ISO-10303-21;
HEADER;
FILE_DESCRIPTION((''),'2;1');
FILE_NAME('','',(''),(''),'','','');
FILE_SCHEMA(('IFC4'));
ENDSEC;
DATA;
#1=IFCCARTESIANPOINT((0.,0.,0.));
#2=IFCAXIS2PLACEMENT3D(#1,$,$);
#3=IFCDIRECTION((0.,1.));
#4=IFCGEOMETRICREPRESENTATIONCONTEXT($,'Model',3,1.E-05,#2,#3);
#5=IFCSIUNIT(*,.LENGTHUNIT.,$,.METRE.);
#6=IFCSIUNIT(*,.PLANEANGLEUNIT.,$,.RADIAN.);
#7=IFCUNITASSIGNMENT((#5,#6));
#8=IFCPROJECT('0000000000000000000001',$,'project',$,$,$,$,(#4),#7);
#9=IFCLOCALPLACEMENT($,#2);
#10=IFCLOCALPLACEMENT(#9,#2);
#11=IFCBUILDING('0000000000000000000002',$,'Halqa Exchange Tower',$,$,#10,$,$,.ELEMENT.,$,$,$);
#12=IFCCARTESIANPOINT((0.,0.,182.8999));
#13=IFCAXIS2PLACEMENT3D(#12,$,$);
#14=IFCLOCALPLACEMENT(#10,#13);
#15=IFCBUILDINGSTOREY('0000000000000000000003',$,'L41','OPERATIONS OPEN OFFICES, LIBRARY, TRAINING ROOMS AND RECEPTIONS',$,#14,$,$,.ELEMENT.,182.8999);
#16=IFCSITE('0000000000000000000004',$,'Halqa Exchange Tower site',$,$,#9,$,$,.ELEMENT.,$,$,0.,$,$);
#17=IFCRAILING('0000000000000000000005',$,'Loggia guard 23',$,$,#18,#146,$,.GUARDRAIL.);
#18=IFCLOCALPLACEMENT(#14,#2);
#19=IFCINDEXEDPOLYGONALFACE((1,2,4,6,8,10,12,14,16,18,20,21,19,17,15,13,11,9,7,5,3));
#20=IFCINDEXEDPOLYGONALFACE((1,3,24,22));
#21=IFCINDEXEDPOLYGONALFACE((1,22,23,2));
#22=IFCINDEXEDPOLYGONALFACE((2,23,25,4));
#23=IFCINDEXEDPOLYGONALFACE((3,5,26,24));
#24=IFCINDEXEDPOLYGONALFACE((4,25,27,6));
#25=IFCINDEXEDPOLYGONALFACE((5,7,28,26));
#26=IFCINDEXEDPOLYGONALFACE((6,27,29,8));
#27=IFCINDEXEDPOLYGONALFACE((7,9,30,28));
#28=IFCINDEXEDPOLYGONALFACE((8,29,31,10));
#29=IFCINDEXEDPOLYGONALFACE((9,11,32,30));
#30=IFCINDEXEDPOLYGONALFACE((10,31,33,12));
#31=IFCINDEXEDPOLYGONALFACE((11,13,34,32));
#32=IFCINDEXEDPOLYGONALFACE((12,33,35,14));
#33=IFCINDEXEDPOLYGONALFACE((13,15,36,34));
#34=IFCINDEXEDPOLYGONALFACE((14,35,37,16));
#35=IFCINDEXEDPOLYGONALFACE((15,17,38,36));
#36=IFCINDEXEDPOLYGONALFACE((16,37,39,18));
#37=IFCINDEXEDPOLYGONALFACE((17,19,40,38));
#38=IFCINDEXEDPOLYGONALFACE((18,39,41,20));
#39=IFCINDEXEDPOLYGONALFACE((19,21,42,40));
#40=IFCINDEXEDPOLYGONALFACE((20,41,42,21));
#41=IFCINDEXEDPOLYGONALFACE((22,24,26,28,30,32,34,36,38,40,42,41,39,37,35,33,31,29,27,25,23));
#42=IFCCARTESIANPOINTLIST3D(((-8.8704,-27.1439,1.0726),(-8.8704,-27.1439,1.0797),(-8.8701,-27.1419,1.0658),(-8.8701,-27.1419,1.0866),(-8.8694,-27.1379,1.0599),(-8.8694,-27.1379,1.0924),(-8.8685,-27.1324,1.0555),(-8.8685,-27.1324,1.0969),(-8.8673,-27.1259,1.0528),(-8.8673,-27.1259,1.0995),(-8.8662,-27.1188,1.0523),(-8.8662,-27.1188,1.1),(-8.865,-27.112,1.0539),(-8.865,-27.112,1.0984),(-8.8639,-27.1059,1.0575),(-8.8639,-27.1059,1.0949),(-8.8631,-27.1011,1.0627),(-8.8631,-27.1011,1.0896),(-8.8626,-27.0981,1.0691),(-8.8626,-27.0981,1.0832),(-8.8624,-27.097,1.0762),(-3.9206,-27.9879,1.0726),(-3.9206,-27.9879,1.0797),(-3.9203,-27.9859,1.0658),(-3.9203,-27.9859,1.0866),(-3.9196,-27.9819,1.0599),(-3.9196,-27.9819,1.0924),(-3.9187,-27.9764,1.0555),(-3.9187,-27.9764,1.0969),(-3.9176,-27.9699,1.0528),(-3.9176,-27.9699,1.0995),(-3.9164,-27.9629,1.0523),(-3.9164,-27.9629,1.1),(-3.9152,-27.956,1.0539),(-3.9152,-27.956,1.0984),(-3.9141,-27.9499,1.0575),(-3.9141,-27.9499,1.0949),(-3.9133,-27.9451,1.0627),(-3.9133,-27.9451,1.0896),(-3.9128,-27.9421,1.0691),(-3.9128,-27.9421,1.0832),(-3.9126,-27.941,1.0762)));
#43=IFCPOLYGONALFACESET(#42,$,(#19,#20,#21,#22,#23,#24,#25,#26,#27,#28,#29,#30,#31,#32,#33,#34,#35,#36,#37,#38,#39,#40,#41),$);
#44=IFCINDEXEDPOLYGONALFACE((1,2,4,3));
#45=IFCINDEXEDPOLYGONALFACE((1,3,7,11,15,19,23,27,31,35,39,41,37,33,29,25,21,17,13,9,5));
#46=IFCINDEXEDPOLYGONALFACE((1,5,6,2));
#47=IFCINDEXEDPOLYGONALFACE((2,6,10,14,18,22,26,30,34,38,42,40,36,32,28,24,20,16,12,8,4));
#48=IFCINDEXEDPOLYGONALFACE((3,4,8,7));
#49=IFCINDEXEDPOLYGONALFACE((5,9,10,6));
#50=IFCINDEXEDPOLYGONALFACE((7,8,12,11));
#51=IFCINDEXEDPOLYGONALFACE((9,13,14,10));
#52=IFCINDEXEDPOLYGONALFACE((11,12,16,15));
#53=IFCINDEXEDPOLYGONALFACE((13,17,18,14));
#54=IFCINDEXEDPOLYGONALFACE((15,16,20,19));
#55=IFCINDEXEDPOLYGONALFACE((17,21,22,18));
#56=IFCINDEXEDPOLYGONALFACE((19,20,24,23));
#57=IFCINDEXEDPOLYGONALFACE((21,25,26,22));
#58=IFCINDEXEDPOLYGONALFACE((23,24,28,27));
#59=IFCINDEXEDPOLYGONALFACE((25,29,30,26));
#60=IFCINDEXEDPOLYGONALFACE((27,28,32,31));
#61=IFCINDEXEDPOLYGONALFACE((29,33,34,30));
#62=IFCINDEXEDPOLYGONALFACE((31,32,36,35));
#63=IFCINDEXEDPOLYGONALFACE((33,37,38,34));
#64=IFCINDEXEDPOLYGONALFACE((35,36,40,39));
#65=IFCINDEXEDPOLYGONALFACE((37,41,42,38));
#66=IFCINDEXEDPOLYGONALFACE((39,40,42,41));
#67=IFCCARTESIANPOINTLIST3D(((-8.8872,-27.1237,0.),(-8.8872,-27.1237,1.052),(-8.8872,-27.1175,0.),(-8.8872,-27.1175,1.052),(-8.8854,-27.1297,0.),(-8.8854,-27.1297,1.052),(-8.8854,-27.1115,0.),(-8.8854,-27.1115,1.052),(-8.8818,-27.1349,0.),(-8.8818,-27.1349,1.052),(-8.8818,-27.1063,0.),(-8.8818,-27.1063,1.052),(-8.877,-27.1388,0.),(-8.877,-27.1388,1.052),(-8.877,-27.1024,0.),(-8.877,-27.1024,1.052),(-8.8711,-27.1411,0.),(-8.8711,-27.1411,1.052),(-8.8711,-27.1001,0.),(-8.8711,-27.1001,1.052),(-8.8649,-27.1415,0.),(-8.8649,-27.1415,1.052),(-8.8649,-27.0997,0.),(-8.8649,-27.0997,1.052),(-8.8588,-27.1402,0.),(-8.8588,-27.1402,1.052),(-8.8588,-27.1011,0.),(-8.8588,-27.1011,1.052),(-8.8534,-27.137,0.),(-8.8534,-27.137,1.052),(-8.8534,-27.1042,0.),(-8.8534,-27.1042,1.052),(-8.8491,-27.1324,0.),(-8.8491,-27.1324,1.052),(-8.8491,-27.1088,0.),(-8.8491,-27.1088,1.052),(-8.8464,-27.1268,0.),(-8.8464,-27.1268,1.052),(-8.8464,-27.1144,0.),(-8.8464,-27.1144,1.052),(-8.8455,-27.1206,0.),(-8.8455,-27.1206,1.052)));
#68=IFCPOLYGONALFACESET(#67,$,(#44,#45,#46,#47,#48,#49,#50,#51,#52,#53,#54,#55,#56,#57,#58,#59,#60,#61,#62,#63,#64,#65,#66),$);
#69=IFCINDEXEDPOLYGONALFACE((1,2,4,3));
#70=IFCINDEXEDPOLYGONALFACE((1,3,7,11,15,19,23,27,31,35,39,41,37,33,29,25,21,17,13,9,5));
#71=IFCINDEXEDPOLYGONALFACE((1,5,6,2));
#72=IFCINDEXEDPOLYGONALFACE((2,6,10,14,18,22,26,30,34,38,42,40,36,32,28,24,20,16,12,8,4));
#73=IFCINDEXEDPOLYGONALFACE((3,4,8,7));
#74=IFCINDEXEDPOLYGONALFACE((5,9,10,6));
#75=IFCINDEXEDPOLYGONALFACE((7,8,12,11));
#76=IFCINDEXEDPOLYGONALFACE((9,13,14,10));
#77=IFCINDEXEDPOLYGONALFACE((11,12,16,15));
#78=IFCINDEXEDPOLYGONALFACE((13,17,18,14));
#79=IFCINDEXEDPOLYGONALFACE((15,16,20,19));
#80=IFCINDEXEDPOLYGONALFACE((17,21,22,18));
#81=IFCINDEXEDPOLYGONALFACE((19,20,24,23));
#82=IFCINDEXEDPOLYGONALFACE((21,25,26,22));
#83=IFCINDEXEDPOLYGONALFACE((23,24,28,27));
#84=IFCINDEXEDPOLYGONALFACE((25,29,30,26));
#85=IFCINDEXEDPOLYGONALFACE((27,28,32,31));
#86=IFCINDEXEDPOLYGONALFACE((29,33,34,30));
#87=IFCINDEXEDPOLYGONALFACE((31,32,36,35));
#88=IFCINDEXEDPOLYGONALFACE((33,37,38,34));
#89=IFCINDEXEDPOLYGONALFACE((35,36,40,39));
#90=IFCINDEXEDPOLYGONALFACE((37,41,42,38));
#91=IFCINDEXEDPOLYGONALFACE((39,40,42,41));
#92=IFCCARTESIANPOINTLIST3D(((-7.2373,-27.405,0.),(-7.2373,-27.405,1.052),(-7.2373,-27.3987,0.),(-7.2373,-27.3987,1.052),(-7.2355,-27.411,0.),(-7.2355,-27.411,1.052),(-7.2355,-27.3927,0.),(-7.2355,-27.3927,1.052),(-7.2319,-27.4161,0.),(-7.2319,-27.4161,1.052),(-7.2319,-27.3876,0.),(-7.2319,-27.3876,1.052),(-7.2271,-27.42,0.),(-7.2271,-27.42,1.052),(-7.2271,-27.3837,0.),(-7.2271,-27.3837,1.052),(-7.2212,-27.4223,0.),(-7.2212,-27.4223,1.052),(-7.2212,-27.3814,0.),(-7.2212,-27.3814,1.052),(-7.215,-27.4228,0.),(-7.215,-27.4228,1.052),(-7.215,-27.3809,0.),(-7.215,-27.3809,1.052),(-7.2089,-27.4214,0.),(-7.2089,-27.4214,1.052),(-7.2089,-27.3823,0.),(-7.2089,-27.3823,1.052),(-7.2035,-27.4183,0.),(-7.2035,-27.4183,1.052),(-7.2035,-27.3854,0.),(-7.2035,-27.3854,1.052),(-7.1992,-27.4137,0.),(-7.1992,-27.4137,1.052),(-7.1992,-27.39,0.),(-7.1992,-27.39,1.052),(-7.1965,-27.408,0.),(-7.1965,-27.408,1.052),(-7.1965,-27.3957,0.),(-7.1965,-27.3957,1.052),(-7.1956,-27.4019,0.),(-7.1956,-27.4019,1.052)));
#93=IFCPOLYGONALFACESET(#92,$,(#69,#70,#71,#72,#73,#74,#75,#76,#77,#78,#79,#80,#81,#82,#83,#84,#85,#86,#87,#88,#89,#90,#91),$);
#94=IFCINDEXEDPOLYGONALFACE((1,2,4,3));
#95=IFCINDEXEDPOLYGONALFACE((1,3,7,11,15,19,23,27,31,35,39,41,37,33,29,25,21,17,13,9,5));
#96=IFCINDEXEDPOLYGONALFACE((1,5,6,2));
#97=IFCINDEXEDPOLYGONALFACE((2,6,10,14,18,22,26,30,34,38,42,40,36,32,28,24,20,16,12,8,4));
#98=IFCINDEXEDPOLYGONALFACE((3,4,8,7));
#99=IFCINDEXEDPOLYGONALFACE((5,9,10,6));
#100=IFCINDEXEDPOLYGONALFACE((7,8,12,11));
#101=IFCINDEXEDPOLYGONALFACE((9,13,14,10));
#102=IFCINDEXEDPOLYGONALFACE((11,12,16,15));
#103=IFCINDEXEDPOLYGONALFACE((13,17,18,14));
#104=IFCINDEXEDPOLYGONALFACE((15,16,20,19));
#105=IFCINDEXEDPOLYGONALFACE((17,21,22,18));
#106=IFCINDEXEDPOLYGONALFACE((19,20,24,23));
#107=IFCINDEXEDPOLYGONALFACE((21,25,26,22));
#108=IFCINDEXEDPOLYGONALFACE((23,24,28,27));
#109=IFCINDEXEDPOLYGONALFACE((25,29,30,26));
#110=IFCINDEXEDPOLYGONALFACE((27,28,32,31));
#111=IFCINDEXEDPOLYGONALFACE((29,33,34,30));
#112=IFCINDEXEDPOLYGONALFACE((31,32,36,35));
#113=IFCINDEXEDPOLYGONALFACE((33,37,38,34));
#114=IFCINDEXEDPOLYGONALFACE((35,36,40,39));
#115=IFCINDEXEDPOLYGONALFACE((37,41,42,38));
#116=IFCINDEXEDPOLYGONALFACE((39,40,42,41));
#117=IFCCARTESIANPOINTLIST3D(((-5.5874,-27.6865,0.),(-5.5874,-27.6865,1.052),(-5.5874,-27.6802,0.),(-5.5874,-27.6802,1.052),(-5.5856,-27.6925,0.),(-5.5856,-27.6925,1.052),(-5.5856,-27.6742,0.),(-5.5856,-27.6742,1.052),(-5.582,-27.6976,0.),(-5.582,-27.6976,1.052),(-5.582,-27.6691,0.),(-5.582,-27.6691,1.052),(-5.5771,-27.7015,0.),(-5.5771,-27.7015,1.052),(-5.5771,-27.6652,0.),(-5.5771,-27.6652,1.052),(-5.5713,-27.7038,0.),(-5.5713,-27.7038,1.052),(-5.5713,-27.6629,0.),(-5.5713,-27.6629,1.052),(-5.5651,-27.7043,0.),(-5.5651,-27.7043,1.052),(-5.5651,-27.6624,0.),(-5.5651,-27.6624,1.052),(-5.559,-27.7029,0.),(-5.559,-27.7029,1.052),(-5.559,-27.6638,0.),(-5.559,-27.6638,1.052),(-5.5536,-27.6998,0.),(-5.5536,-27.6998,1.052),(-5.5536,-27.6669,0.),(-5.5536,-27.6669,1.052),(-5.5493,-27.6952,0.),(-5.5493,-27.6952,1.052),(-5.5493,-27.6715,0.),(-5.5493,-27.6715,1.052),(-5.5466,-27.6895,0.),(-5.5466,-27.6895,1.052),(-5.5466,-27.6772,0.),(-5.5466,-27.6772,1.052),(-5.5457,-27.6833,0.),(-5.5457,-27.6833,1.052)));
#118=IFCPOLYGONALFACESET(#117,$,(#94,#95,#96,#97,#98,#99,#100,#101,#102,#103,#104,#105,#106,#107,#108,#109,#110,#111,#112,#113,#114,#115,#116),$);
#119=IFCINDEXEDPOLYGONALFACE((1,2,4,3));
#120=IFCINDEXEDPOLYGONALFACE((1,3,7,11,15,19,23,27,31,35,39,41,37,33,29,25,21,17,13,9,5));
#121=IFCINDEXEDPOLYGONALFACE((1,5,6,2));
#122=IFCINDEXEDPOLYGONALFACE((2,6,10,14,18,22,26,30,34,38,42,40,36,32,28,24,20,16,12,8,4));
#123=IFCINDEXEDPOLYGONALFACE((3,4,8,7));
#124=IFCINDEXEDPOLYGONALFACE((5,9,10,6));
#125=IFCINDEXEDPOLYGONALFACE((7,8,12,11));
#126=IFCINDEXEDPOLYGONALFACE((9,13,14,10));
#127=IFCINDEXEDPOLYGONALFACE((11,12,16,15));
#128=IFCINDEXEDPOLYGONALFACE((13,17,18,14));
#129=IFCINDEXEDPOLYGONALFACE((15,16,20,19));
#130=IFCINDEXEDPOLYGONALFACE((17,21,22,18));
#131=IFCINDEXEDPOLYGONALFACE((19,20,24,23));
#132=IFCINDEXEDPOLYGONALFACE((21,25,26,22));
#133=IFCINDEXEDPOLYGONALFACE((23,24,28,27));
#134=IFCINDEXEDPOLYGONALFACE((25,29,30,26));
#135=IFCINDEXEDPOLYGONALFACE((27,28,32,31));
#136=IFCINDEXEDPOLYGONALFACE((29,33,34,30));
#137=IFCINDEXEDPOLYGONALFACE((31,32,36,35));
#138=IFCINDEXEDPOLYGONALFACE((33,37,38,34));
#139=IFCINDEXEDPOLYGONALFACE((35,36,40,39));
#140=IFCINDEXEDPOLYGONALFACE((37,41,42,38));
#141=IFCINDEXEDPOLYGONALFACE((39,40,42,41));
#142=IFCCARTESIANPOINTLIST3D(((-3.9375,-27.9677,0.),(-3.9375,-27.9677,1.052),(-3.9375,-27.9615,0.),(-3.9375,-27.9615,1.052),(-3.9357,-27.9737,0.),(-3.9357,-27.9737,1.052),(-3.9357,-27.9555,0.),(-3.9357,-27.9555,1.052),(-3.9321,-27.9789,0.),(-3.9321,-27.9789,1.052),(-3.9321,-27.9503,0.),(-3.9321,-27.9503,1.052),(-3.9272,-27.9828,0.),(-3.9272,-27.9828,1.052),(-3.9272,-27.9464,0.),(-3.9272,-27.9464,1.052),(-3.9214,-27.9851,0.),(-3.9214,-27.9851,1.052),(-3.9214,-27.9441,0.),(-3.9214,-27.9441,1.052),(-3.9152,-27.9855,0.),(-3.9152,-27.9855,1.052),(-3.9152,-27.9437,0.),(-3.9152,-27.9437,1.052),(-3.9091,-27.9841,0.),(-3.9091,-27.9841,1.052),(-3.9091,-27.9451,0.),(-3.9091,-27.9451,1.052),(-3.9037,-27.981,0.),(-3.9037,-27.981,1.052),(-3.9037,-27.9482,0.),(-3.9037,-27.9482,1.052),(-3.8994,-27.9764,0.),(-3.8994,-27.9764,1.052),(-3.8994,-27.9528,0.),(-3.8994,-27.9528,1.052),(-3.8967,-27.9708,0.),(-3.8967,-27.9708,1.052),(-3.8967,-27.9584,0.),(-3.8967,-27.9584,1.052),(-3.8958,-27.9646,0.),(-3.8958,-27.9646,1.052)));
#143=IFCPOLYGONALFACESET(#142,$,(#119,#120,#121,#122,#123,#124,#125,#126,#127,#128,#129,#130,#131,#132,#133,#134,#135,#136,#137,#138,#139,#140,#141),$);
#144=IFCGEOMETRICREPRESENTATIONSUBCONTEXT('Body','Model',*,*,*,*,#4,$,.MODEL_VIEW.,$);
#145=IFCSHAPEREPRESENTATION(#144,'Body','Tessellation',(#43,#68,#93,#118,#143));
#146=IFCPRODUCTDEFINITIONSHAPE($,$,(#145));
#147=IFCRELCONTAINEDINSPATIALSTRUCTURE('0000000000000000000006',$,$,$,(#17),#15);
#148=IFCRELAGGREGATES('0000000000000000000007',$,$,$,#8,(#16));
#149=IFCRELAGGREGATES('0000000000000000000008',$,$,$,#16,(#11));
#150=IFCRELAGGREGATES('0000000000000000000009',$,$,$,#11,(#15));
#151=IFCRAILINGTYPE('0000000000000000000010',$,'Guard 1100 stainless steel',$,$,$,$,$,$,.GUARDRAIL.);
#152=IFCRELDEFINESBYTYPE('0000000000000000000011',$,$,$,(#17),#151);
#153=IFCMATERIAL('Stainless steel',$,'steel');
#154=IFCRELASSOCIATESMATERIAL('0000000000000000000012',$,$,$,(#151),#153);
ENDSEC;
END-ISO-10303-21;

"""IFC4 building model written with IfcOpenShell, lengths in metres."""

from ifc_helpers import new_model, si_unit, direction, frame, origin, origin_2d, place, context, subcontext, project, spatial, circle, extrude, material, type_object, element, save


model = new_model("IFC4")

# Units and contexts
model_context = context("Model", 3, precision=1e-05, world=origin(), true_north=direction((0.0, 1.0)))
body_context = subcontext(model_context, "Body", "Model", "MODEL_VIEW")
ifc_project = project(units=[si_unit("LENGTHUNIT", "METRE"), si_unit("PLANEANGLEUNIT", "RADIAN")], contexts=[model_context])

# Site, building, storey
site_placement = place(None, origin())
site = spatial("IfcSite", under=ifc_project, at=site_placement, Name="Halqa Exchange Tower site", CompositionType="ELEMENT", RefElevation=0.0)
building_placement = place(site_placement, origin())
building = spatial("IfcBuilding", under=site, at=building_placement, Name="Halqa Exchange Tower", CompositionType="ELEMENT")
storey_placement = place(building_placement, frame((0.0, 0.0, 182.8999)))
storey = spatial("IfcBuildingStorey", under=building, at=storey_placement, Name="L41", Description="OPERATIONS OPEN OFFICES, LIBRARY, TRAINING ROOMS AND RECEPTIONS", CompositionType="ELEMENT", Elevation=182.8999)

# Railing
ifc_material_1 = material(Name="Stainless steel", Category="steel")
railing_type = type_object("IfcRailingType", Name="Guard 1100 stainless steel", PredefinedType="GUARDRAIL", material=ifc_material_1)
railing_1_placement = place(storey_placement, frame((-8.8665, -27.1206, 0.0)))
element("IfcRailing", 1, at=railing_1_placement, inside=storey, type_object=railing_type, Name="Loggia guard 23", PredefinedType="GUARDRAIL", context=body_context, shape_type="SweptSolid", body=[
    extrude(circle(Radius=0.0239, at=origin_2d()), frame((0.0, 0.0, 1.0762), z_axis=(0.985772, -0.168088, 0.0), x_axis=(0.168088, 0.985772, 0.0)), (0.0, 0.0, 1.0), 5.0212),
    extrude(circle(Radius=0.021, at=origin_2d()), origin(), (0.0, 0.0, 1.0), 1.052),
    extrude(circle(Radius=0.021, at=origin_2d()), frame((1.6499, -0.2812, 0.0)), (0.0, 0.0, 1.0), 1.052),
    extrude(circle(Radius=0.021, at=origin_2d()), frame((3.2998, -0.5627, 0.0)), (0.0, 0.0, 1.0), 1.052),
    extrude(circle(Radius=0.021, at=origin_2d()), frame((4.9497, -0.844, 0.0)), (0.0, 0.0, 1.0), 1.052),
])

save(model, "model.ifc")
